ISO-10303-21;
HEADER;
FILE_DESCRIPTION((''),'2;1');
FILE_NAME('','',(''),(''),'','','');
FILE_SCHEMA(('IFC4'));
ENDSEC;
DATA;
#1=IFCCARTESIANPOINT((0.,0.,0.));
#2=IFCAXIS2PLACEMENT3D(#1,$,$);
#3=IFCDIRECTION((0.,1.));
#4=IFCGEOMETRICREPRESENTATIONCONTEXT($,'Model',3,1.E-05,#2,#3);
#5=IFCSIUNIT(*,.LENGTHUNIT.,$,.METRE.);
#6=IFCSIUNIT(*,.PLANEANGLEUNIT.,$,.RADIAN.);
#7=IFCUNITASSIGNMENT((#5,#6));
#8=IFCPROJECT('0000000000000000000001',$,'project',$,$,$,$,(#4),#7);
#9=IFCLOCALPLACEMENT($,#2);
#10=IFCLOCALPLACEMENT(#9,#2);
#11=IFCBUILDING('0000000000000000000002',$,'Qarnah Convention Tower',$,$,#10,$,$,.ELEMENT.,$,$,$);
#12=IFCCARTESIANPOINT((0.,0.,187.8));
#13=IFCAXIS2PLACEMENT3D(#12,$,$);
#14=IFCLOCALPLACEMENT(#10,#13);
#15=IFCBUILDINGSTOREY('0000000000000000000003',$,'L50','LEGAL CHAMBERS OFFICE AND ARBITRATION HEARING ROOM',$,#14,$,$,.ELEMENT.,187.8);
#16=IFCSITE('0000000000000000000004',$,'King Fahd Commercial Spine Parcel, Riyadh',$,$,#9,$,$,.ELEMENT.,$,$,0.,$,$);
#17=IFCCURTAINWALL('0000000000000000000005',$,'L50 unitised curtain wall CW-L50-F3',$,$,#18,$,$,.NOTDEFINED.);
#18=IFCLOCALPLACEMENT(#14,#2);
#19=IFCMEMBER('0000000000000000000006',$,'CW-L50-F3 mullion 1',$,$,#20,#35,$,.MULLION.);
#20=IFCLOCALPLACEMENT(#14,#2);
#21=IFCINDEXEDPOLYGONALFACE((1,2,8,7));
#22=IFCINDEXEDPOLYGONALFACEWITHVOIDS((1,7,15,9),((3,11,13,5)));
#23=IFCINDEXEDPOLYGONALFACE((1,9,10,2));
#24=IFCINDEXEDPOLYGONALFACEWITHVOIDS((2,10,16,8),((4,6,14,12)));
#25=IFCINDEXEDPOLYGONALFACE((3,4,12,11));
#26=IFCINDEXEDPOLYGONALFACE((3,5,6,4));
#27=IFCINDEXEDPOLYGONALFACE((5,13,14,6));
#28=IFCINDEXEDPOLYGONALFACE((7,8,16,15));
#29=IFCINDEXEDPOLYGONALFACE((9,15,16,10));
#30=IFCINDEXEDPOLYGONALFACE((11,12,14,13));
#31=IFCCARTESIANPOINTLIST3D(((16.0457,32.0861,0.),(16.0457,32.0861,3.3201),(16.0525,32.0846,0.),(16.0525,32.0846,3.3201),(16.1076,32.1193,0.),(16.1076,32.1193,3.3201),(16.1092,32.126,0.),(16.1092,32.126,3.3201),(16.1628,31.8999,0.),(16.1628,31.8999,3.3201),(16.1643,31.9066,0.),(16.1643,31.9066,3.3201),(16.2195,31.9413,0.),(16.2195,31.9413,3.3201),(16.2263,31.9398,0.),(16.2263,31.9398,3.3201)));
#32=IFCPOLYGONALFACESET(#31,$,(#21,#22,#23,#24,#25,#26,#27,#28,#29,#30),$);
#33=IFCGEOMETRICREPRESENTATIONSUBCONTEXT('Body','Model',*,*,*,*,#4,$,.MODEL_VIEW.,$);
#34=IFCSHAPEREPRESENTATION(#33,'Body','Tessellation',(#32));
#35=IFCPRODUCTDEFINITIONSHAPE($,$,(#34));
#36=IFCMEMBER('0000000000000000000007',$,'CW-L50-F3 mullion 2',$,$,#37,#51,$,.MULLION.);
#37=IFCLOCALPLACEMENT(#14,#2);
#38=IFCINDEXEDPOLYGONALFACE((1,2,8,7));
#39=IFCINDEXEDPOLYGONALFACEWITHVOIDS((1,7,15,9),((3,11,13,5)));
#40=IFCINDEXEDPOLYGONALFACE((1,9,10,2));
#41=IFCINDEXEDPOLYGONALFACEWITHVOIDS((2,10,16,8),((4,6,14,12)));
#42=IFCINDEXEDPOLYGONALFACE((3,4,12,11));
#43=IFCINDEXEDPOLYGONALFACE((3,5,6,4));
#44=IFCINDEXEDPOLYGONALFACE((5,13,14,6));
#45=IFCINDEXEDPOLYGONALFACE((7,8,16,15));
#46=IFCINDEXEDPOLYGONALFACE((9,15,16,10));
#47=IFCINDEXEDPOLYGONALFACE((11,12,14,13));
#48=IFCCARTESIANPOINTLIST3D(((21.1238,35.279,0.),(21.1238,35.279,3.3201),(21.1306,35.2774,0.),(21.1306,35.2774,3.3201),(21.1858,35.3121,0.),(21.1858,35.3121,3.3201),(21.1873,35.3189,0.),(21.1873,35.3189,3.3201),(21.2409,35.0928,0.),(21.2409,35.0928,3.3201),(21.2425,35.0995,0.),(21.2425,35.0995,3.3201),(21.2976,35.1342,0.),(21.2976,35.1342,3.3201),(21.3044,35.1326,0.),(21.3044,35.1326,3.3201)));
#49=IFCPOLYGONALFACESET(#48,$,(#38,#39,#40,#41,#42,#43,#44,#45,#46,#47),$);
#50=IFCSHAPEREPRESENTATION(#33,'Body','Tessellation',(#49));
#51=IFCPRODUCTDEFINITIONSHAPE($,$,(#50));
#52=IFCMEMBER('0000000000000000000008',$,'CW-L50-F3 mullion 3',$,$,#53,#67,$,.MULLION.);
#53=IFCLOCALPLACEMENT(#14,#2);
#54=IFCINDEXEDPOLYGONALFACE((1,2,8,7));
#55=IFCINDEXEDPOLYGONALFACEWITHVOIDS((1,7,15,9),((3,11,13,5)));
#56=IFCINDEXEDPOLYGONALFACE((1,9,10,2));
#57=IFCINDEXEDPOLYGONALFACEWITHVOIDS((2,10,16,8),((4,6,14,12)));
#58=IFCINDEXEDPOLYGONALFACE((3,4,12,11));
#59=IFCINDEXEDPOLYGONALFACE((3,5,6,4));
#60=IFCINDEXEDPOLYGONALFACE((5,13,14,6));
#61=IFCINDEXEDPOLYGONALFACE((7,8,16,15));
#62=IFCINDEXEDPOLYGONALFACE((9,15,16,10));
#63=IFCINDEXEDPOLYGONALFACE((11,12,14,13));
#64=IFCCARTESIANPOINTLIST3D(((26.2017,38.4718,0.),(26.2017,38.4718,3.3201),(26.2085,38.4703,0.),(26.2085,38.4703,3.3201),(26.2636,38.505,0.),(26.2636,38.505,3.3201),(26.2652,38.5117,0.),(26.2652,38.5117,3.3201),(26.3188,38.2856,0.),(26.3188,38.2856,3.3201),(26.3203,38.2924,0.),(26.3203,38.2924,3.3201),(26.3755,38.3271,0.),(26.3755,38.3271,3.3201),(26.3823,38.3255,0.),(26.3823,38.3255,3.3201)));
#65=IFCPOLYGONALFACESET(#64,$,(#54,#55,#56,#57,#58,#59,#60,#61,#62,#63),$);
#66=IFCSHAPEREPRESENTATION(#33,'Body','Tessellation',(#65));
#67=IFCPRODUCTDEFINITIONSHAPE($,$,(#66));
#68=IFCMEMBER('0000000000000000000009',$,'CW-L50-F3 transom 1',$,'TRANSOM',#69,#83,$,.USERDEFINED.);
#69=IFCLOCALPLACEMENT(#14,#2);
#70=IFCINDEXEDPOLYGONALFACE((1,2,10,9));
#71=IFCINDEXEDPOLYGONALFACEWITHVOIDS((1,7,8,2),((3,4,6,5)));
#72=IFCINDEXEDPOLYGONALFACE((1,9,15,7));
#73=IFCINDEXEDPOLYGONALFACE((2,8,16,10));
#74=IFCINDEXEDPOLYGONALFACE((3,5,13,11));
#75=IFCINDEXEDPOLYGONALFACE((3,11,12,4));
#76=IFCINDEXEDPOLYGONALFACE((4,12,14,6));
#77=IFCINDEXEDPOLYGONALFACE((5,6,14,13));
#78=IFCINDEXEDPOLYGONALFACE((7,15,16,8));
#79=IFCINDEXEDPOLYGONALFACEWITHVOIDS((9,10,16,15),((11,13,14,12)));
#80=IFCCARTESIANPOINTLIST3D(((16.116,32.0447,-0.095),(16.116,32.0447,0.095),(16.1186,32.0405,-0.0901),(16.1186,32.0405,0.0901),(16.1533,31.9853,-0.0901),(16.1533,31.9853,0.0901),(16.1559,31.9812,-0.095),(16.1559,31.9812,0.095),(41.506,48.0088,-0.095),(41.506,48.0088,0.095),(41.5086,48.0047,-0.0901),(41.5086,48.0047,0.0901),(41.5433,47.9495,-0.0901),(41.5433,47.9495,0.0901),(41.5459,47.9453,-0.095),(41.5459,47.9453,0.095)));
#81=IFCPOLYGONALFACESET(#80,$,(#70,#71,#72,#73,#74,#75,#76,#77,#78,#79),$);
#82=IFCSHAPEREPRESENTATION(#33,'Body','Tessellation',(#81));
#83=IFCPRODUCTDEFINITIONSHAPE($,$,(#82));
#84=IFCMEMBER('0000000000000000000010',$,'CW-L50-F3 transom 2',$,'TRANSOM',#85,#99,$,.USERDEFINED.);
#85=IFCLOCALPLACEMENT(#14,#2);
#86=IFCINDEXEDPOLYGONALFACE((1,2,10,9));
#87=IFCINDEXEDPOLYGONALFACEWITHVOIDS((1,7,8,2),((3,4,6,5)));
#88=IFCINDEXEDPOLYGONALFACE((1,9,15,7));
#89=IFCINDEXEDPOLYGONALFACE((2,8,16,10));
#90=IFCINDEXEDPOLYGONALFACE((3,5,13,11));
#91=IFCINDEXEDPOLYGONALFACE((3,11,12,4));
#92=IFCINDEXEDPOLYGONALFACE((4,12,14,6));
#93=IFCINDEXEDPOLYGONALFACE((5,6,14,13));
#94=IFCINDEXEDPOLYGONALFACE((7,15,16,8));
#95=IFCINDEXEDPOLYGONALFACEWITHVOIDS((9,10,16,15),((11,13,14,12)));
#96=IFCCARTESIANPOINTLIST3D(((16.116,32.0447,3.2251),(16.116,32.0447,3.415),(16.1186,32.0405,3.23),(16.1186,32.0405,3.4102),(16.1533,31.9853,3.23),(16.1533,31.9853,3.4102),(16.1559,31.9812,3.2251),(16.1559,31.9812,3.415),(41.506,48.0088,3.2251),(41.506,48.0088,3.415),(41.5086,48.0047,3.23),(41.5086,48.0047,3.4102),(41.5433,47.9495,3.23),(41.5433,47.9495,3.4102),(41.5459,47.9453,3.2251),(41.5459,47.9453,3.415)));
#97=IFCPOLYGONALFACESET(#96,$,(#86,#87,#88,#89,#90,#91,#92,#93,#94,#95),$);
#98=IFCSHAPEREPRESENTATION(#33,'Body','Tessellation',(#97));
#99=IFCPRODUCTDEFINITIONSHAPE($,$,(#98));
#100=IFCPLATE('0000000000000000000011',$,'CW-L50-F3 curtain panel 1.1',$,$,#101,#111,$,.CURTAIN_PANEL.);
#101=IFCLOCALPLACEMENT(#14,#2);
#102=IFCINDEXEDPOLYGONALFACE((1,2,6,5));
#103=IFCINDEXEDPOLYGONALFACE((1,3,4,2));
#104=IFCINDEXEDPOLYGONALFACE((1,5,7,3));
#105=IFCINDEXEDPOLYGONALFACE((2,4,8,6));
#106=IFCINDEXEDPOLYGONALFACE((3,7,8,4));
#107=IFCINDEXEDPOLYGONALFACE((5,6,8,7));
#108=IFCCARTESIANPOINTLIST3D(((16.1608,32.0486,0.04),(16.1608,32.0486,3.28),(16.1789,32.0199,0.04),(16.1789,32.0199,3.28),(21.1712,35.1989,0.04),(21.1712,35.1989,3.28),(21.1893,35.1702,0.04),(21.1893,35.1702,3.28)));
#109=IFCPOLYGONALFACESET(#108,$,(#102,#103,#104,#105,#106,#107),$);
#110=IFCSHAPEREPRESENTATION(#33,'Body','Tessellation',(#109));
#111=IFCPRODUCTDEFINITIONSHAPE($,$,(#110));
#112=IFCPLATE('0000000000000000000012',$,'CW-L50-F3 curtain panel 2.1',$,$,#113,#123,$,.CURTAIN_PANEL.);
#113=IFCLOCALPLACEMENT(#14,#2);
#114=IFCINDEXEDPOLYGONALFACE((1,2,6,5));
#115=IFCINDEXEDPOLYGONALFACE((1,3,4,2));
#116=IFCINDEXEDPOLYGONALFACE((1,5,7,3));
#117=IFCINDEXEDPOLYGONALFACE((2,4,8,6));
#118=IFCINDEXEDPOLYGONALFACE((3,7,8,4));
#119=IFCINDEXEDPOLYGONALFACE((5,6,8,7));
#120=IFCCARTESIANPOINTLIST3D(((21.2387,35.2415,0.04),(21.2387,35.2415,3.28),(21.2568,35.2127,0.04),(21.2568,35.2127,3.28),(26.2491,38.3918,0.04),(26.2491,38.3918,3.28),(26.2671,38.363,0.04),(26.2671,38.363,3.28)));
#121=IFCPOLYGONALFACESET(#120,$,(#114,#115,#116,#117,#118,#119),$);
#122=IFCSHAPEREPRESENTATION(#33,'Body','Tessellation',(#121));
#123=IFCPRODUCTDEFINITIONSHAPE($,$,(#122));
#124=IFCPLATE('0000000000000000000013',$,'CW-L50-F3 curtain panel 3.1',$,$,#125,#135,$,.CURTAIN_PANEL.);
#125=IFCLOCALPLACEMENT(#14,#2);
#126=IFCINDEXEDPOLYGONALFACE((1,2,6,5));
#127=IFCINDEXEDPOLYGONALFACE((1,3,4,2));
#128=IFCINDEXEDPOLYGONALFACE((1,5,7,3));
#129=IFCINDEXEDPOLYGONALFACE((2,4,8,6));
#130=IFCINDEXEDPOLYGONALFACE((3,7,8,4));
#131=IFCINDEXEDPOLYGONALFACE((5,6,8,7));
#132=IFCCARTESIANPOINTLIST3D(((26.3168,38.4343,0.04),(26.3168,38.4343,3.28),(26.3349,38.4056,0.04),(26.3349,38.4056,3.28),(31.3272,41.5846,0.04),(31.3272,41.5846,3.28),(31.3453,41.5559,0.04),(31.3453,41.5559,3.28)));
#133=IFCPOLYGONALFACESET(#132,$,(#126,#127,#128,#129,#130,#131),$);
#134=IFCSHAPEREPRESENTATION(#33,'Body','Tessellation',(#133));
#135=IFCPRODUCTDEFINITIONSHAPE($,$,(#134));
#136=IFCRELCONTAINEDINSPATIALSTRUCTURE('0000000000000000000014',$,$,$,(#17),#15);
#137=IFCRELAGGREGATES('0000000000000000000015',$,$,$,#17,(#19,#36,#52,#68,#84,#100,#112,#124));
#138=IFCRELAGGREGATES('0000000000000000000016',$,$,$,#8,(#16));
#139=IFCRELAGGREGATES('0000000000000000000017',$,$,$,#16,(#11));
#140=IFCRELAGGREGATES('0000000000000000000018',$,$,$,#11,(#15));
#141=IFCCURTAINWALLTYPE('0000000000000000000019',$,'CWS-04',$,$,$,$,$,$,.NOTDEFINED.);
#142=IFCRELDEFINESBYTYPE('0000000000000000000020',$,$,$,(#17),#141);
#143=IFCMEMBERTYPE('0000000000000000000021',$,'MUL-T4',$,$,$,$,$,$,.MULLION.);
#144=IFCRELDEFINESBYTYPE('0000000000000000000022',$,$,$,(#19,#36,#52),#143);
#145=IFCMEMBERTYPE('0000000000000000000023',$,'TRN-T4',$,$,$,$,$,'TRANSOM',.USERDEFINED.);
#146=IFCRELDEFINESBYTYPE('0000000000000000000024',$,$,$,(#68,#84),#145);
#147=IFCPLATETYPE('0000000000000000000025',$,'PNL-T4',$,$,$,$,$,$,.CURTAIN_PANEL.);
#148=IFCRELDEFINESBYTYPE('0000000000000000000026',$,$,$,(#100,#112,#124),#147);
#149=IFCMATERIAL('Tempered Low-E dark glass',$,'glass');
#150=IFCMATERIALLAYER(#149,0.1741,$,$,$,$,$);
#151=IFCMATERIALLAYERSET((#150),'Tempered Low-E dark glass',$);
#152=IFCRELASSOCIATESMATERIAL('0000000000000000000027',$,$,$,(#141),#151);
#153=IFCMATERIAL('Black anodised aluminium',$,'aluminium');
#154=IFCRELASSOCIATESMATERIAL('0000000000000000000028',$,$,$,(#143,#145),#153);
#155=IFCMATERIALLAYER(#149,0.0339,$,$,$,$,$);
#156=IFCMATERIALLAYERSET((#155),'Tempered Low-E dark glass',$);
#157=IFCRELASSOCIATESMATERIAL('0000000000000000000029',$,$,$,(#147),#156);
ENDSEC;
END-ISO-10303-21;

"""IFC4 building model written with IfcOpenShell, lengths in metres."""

from ifc_helpers import new_model, si_unit, direction, frame, origin, origin_2d, place, context, subcontext, project, spatial, rectangle, hollow_rectangle, extrude, material, layer, layer_set, material_profile, profile_set, type_object, element, aggregate, save


model = new_model("IFC4")

# Units and contexts
model_context = context("Model", 3, precision=1e-05, world=origin(), true_north=direction((0.0, 1.0)))
body_context = subcontext(model_context, "Body", "Model", "MODEL_VIEW")
ifc_project = project(units=[si_unit("LENGTHUNIT", "METRE"), si_unit("PLANEANGLEUNIT", "RADIAN")], contexts=[model_context])

# Site, building, storey
site_placement = place(None, origin())
site = spatial("IfcSite", under=ifc_project, at=site_placement, Name="King Fahd Commercial Spine Parcel, Riyadh", CompositionType="ELEMENT", RefElevation=0.0)
building_placement = place(site_placement, origin())
building = spatial("IfcBuilding", under=site, at=building_placement, Name="Qarnah Convention Tower", CompositionType="ELEMENT")
storey_placement = place(building_placement, frame((0.0, 0.0, 187.8)))
storey = spatial("IfcBuildingStorey", under=building, at=storey_placement, Name="L50", Description="LEGAL CHAMBERS OFFICE AND ARBITRATION HEARING ROOM", CompositionType="ELEMENT", Elevation=187.8)

# Curtain wall, members, plates
ifc_material_1 = material(Name="Tempered Low-E dark glass", Category="glass")
ifc_layer_1 = layer(ifc_material_1, 0.1741)
ifc_layer_set_1 = layer_set([ifc_layer_1], Name="Tempered Low-E dark glass")
curtain_wall_type = type_object("IfcCurtainWallType", Name="CWS-04", PredefinedType="NOTDEFINED", material=ifc_layer_set_1)
curtain_wall_placement = place(storey_placement, origin())
curtain_wall = element("IfcCurtainWall", 1, at=curtain_wall_placement, inside=storey, type_object=curtain_wall_type, Name="L50 unitised curtain wall CW-L50-F3", PredefinedType="NOTDEFINED")
ifc_material_2 = material(Name="Black anodised aluminium", Category="aluminium")
ifc_material_profile_1 = material_profile(ifc_material_2, hollow_rectangle(XDim=0.075, YDim=0.22, WallThickness=0.0049, at=origin_2d()), Name="MUL-75X220")
ifc_profile_set_1 = profile_set([ifc_material_profile_1], Name="Black anodised aluminium")
member_type_1 = type_object("IfcMemberType", Name="MUL-T4", PredefinedType="MULLION", material=ifc_profile_set_1)
member_1_placement = place(storey_placement, frame((16.136, 32.0129, 0.0), z_axis=(0.0, 0.0, 1.0), x_axis=(0.846568, 0.532281, 0.0)))
member_1 = element("IfcMember", 2, at=member_1_placement, type_object=member_type_1, Name="CW-L50-F3 mullion 1", PredefinedType="MULLION", context=body_context, shape_type="SweptSolid", body=[
    extrude(hollow_rectangle(XDim=0.075, YDim=0.22, WallThickness=0.0049, at=origin_2d()), origin(), (0.0, 0.0, 1.0), 3.3201),
])
member_2_placement = place(storey_placement, frame((21.2141, 35.2058, 0.0), z_axis=(0.0, 0.0, 1.0), x_axis=(0.846568, 0.532281, 0.0)))
member_2 = element("IfcMember", 3, at=member_2_placement, type_object=member_type_1, Name="CW-L50-F3 mullion 2", PredefinedType="MULLION", context=body_context, shape_type="SweptSolid", body=[
    extrude(hollow_rectangle(XDim=0.075, YDim=0.22, WallThickness=0.0049, at=origin_2d()), origin(), (0.0, 0.0, 1.0), 3.3201),
])
member_3_placement = place(storey_placement, frame((26.292, 38.3987, 0.0), z_axis=(0.0, 0.0, 1.0), x_axis=(0.846568, 0.532281, 0.0)))
member_3 = element("IfcMember", 4, at=member_3_placement, type_object=member_type_1, Name="CW-L50-F3 mullion 3", PredefinedType="MULLION", context=body_context, shape_type="SweptSolid", body=[
    extrude(hollow_rectangle(XDim=0.075, YDim=0.22, WallThickness=0.0049, at=origin_2d()), origin(), (0.0, 0.0, 1.0), 3.3201),
])
ifc_material_profile_2 = material_profile(ifc_material_2, hollow_rectangle(XDim=0.075, YDim=0.1899, WallThickness=0.0049, at=origin_2d()), Name="TRN-75X190")
ifc_profile_set_2 = profile_set([ifc_material_profile_2], Name="Black anodised aluminium")
member_type_2 = type_object("IfcMemberType", Name="TRN-T4", ElementType="TRANSOM", PredefinedType="USERDEFINED", material=ifc_profile_set_2)
member_4_placement = place(storey_placement, frame((16.136, 32.0129, 0.0), z_axis=(0.846565, 0.532285, 0.0), x_axis=(-0.532285, 0.846565, 0.0)))
member_4 = element("IfcMember", 5, at=member_4_placement, type_object=member_type_2, Name="CW-L50-F3 transom 1", ObjectType="TRANSOM", PredefinedType="USERDEFINED", context=body_context, shape_type="SweptSolid", body=[
    extrude(hollow_rectangle(XDim=0.075, YDim=0.1899, WallThickness=0.0049, at=origin_2d()), origin(), (0.0, 0.0, 1.0), 29.9917),
])
member_5_placement = place(storey_placement, frame((16.136, 32.0129, 3.3201), z_axis=(0.846565, 0.532285, 0.0), x_axis=(-0.532285, 0.846565, 0.0)))
member_5 = element("IfcMember", 6, at=member_5_placement, type_object=member_type_2, Name="CW-L50-F3 transom 2", ObjectType="TRANSOM", PredefinedType="USERDEFINED", context=body_context, shape_type="SweptSolid", body=[
    extrude(hollow_rectangle(XDim=0.075, YDim=0.1899, WallThickness=0.0049, at=origin_2d()), origin(), (0.0, 0.0, 1.0), 29.9917),
])
ifc_layer_2 = layer(ifc_material_1, 0.0339)
ifc_layer_set_2 = layer_set([ifc_layer_2], Name="Tempered Low-E dark glass")
plate_type = type_object("IfcPlateType", Name="PNL-T4", PredefinedType="CURTAIN_PANEL", material=ifc_layer_set_2)
plate_1_placement = place(storey_placement, frame((18.675, 33.6094, 0.04), z_axis=(0.0, 0.0, 1.0), x_axis=(0.846568, 0.532281, 0.0)))
plate_1 = element("IfcPlate", 7, at=plate_1_placement, type_object=plate_type, Name="CW-L50-F3 curtain panel 1.1", PredefinedType="CURTAIN_PANEL", context=body_context, shape_type="SweptSolid", body=[
    extrude(rectangle(XDim=5.9185, YDim=0.0339, at=origin_2d()), origin(), (0.0, 0.0, 1.0), 3.24),
])
plate_2_placement = place(storey_placement, frame((23.7529, 36.8022, 0.04), z_axis=(0.0, 0.0, 1.0), x_axis=(0.846568, 0.532281, 0.0)))
plate_2 = element("IfcPlate", 8, at=plate_2_placement, type_object=plate_type, Name="CW-L50-F3 curtain panel 2.1", PredefinedType="CURTAIN_PANEL", context=body_context, shape_type="SweptSolid", body=[
    extrude(rectangle(XDim=5.9185, YDim=0.0339, at=origin_2d()), origin(), (0.0, 0.0, 1.0), 3.24),
])
plate_3_placement = place(storey_placement, frame((28.8311, 39.9951, 0.04), z_axis=(0.0, 0.0, 1.0), x_axis=(0.846568, 0.532281, 0.0)))
plate_3 = element("IfcPlate", 9, at=plate_3_placement, type_object=plate_type, Name="CW-L50-F3 curtain panel 3.1", PredefinedType="CURTAIN_PANEL", context=body_context, shape_type="SweptSolid", body=[
    extrude(rectangle(XDim=5.9185, YDim=0.0339, at=origin_2d()), origin(), (0.0, 0.0, 1.0), 3.24),
])
aggregate(curtain_wall, [member_1, member_2, member_3, member_4, member_5, plate_1, plate_2, plate_3])

save(model, "model.ifc")
